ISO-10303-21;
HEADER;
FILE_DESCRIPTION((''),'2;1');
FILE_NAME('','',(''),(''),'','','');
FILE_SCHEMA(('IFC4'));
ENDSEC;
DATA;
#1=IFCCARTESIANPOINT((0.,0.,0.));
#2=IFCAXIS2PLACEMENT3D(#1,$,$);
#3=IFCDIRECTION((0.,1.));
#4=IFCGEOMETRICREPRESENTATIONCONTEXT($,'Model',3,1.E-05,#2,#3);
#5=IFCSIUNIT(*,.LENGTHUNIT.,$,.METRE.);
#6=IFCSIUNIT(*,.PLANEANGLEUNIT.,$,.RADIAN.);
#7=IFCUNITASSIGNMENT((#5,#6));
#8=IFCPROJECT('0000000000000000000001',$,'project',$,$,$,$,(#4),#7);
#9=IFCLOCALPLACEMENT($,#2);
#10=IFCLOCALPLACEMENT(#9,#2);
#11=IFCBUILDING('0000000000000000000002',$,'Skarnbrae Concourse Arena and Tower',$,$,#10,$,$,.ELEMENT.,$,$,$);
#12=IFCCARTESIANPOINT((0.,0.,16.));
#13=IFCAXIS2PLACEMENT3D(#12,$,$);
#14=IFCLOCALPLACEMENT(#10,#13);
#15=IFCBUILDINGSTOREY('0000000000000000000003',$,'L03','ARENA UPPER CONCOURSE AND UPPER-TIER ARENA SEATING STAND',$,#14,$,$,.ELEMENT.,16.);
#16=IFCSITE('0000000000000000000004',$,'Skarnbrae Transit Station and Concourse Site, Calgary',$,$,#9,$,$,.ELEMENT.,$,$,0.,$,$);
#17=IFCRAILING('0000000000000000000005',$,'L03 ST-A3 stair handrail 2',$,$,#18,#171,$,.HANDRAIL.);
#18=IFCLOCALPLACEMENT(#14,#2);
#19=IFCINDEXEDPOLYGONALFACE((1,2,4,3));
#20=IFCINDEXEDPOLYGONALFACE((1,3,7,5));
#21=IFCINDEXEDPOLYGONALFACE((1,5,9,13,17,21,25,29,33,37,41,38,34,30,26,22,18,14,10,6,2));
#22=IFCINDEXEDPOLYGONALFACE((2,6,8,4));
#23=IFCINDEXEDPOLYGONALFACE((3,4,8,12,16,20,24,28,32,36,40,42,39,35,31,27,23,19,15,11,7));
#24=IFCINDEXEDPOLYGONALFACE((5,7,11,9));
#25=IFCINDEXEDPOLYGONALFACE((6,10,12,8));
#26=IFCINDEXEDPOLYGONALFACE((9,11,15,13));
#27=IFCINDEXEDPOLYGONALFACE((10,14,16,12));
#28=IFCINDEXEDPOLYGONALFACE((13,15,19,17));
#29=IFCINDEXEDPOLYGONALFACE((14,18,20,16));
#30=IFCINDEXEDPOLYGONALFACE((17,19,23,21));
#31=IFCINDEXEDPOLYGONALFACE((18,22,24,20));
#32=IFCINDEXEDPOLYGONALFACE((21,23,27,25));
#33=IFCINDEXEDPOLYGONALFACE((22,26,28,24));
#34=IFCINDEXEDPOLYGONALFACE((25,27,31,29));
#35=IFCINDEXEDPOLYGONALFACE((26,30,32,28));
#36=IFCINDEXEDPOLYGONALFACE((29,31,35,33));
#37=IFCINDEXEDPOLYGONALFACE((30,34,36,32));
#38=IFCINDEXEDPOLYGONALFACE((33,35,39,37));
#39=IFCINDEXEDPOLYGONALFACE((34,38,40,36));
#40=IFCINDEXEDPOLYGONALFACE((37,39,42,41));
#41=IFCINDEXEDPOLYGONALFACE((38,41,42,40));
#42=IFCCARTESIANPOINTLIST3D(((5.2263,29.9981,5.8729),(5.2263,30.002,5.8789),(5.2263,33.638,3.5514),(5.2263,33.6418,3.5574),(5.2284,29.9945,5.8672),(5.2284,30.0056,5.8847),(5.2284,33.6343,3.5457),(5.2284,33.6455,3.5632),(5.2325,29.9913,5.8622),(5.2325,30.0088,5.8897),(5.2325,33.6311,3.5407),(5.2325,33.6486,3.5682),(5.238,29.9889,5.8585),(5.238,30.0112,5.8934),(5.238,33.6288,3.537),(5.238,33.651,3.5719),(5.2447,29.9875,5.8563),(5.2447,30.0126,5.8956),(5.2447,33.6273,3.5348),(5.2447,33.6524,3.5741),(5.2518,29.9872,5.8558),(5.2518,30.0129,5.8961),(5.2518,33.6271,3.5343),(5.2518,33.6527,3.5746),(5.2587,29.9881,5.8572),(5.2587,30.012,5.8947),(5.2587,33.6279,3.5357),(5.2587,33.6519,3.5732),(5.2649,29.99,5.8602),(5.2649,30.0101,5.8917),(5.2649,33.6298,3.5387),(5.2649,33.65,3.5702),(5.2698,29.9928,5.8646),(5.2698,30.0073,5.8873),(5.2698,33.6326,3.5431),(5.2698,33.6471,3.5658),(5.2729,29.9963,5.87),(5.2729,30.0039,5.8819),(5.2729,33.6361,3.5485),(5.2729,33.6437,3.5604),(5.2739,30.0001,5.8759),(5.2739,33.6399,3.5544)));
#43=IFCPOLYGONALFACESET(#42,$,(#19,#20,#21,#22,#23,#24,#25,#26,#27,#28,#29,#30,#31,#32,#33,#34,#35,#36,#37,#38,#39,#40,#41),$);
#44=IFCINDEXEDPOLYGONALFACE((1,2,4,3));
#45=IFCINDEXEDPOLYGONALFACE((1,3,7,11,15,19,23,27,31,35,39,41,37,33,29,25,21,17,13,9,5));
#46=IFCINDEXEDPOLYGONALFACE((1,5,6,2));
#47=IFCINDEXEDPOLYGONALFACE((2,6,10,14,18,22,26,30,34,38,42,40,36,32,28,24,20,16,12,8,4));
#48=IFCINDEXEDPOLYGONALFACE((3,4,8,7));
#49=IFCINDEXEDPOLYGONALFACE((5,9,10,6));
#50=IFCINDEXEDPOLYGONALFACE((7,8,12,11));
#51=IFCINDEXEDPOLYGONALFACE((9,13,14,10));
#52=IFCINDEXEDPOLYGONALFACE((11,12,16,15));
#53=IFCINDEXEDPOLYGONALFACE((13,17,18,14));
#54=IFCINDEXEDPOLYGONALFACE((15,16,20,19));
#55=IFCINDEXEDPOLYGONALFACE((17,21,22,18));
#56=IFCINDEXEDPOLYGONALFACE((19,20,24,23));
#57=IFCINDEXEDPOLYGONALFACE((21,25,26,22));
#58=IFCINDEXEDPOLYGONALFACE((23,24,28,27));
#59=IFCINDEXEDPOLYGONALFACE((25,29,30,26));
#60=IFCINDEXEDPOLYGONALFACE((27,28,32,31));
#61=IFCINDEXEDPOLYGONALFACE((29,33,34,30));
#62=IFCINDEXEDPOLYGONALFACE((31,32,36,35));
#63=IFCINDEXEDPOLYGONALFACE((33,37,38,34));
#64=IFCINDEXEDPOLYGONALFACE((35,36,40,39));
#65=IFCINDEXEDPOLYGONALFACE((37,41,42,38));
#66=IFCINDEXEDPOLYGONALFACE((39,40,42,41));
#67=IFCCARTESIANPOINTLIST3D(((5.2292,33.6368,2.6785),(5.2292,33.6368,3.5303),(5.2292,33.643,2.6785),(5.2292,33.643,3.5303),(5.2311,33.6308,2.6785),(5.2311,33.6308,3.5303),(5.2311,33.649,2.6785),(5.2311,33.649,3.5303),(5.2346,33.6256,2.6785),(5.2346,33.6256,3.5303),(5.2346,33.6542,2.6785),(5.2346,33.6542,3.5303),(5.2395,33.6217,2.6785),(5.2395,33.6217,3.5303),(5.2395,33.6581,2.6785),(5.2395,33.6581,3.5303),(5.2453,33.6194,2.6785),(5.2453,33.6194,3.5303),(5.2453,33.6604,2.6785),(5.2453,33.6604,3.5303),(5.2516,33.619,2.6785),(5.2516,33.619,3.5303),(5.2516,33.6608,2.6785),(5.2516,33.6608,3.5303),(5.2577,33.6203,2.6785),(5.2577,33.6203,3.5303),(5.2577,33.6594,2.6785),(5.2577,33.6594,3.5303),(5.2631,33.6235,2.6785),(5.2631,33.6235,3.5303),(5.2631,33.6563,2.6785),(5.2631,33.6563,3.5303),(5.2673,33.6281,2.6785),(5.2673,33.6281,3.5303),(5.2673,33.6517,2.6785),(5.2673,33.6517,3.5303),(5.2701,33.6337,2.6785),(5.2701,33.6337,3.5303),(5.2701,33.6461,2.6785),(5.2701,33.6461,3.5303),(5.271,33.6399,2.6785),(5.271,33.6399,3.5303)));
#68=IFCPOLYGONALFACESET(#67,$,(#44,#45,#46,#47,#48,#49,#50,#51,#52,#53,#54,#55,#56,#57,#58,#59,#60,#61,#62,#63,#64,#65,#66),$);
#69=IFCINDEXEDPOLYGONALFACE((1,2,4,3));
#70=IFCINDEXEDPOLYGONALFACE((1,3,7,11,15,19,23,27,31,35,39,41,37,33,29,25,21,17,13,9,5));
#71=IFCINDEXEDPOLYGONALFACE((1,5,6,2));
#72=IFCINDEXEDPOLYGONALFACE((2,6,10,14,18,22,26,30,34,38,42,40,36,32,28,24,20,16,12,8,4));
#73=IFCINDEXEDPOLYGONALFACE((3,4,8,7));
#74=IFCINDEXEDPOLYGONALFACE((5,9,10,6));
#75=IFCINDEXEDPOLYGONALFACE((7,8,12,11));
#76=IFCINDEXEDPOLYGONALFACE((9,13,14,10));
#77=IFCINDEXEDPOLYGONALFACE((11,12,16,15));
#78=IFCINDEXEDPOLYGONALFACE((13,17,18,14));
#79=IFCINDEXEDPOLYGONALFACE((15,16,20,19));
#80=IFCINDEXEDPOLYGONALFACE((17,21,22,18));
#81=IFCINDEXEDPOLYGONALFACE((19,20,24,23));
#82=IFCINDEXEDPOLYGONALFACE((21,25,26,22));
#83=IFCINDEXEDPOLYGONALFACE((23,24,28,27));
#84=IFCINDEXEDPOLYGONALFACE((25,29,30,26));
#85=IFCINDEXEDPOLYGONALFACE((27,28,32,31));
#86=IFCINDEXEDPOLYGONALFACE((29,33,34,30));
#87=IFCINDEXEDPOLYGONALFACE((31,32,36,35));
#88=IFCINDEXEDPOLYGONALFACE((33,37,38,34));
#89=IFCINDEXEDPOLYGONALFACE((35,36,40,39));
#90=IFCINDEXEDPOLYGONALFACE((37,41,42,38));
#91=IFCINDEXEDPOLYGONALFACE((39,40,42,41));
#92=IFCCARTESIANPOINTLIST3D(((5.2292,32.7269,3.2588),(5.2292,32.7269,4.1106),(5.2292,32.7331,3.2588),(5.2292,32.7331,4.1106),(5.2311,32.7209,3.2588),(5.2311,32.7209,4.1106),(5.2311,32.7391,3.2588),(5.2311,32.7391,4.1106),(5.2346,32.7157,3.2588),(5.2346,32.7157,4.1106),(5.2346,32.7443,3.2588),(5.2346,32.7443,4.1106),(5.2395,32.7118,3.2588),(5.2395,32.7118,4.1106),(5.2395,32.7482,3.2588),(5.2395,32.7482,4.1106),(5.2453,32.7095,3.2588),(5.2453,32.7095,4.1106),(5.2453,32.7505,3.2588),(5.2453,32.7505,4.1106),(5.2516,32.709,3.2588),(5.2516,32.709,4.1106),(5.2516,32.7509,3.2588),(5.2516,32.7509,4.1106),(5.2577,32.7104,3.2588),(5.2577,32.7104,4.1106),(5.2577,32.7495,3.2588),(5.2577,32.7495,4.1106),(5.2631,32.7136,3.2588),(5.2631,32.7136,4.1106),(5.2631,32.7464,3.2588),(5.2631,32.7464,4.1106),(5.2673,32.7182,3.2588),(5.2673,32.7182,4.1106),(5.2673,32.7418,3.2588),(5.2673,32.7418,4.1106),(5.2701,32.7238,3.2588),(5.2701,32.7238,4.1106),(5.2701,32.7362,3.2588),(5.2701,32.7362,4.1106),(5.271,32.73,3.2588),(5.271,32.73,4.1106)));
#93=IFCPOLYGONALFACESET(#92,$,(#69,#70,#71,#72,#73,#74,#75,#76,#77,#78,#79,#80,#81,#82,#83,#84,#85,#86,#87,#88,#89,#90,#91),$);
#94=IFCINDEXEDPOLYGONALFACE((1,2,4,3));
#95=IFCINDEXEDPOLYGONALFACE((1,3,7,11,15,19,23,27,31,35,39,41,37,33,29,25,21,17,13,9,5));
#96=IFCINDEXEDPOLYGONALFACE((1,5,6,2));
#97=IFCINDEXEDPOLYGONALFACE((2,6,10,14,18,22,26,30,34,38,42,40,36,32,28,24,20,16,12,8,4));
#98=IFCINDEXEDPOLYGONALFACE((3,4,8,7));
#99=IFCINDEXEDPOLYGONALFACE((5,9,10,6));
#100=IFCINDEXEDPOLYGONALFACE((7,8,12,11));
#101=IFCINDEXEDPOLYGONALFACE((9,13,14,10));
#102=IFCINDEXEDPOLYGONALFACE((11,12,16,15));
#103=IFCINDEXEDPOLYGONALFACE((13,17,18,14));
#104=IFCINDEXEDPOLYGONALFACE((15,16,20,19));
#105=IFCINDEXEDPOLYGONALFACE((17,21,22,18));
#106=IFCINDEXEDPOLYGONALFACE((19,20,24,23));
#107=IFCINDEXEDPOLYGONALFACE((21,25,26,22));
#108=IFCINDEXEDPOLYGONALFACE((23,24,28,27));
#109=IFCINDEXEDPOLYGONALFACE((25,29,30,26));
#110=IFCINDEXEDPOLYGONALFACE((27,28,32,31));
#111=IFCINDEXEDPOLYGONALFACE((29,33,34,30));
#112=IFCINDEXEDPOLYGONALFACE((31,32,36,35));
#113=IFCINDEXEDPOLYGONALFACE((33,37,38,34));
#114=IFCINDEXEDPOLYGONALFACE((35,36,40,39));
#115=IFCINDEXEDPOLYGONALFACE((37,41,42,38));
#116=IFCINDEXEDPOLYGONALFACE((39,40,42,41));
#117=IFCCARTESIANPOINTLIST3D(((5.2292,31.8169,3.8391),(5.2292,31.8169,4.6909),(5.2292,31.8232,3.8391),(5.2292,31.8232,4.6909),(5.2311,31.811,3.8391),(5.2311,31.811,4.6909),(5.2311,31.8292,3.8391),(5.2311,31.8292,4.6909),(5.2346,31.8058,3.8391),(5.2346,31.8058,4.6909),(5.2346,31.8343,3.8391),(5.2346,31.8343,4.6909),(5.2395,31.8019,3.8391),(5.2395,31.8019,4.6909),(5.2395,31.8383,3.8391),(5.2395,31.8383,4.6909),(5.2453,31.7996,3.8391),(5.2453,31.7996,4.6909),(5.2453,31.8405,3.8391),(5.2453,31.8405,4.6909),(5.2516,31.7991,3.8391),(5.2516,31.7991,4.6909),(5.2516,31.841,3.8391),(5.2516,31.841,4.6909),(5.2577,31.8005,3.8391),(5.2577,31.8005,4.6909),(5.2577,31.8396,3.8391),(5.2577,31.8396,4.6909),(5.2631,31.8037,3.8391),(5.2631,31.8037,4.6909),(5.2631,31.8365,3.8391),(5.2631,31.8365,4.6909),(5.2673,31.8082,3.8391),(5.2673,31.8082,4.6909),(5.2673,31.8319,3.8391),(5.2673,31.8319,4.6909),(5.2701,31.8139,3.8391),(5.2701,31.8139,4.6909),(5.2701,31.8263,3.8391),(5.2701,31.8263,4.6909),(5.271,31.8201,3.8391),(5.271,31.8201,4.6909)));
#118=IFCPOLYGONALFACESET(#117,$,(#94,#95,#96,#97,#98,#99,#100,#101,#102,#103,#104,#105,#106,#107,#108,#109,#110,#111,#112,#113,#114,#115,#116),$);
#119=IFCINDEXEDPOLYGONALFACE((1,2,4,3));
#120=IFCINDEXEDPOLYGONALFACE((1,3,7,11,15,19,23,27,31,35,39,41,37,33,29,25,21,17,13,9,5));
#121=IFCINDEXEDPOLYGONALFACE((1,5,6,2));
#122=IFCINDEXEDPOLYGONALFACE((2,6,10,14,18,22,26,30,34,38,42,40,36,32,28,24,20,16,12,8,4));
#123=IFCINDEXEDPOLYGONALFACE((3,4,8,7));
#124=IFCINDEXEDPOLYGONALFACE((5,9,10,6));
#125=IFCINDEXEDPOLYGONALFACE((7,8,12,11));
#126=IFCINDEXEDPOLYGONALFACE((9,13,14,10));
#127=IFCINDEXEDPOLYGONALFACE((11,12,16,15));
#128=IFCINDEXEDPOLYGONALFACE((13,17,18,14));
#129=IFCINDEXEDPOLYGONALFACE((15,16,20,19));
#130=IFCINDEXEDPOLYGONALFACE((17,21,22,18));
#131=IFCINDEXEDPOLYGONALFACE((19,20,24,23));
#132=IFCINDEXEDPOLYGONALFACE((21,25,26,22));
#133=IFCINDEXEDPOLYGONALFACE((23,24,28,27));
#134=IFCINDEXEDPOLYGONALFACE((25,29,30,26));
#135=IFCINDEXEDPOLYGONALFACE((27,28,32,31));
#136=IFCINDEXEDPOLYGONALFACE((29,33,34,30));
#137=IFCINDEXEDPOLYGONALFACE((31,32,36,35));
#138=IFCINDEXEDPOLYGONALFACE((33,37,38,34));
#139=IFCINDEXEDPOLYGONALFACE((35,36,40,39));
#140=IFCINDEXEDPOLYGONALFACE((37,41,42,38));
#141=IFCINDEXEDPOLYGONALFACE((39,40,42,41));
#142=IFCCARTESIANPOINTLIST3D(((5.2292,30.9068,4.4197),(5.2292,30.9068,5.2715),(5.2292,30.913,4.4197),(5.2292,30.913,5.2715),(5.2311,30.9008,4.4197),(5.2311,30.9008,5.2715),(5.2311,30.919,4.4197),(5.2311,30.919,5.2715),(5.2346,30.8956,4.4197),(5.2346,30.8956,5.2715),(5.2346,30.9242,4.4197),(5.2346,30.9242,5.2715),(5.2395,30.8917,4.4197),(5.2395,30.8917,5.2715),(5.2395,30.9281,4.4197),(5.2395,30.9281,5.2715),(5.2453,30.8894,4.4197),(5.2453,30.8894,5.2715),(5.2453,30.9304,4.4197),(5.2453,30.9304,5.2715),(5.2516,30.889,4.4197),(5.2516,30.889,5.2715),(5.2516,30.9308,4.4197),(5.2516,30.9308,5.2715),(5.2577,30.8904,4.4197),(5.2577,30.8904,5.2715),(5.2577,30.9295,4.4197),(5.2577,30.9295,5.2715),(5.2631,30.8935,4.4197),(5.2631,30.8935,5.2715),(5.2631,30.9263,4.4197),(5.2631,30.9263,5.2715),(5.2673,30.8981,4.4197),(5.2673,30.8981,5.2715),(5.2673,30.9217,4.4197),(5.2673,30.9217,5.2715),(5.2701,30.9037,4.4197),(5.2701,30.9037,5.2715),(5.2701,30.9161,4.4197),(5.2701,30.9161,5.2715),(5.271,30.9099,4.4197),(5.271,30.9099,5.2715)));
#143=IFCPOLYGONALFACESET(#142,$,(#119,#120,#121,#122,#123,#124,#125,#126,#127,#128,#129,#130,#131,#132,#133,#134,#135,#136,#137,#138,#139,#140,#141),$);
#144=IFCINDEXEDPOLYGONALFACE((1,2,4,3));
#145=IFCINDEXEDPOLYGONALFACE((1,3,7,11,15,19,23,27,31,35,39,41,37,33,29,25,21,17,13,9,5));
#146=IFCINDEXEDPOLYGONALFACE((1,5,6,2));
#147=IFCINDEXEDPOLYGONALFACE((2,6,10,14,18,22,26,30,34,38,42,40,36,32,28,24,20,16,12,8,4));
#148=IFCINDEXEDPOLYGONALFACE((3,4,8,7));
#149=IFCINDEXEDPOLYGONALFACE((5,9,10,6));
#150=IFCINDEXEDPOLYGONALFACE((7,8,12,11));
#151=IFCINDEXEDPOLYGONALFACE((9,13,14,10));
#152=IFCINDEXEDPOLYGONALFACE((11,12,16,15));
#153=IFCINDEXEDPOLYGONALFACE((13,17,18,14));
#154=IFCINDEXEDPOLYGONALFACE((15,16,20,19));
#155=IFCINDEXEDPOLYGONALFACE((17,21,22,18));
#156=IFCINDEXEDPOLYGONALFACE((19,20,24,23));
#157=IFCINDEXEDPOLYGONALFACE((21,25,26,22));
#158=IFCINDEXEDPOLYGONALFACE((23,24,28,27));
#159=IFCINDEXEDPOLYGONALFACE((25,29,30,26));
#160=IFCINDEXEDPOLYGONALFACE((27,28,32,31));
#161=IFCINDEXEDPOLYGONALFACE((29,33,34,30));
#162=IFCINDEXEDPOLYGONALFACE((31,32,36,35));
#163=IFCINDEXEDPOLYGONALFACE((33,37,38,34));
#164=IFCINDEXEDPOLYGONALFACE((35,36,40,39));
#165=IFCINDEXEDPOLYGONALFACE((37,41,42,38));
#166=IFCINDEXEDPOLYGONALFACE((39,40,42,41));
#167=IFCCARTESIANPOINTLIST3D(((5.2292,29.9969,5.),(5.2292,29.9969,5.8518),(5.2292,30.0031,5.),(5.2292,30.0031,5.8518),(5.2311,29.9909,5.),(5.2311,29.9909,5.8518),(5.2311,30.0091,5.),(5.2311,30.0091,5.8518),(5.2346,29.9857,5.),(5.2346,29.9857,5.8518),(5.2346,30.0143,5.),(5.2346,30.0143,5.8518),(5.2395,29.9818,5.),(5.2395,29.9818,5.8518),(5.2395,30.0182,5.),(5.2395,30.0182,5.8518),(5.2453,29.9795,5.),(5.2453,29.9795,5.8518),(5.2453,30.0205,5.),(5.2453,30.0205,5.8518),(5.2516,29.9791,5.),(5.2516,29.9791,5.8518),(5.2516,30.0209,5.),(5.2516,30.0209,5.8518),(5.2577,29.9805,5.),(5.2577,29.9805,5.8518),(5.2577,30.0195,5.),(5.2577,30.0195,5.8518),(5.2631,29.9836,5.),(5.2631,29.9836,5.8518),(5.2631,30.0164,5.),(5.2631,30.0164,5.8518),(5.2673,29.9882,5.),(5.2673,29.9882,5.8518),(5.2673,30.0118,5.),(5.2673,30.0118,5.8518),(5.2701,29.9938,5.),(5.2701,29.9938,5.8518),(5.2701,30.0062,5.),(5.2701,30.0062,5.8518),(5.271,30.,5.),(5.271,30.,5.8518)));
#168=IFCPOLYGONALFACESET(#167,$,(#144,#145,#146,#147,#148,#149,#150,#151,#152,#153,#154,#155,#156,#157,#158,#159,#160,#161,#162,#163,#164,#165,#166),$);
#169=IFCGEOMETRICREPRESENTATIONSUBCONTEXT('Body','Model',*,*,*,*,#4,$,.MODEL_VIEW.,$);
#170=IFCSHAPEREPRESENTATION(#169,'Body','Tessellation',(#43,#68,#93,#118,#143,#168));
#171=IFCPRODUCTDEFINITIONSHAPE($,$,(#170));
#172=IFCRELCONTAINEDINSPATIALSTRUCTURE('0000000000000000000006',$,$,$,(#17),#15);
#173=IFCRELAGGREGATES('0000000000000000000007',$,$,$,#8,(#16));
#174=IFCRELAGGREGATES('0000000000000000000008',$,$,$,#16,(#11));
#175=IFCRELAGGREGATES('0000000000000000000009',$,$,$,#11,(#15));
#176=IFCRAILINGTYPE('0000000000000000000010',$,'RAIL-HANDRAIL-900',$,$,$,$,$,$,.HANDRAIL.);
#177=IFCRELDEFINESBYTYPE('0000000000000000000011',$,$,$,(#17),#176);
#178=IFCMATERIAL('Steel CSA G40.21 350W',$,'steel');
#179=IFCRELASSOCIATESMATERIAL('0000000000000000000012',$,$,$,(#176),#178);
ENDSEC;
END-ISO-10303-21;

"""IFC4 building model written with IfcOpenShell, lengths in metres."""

from ifc_helpers import new_model, si_unit, direction, frame, origin, origin_2d, place, context, subcontext, project, spatial, circle, extrude, material, type_object, element, save


model = new_model("IFC4")

# Units and contexts
model_context = context("Model", 3, precision=1e-05, world=origin(), true_north=direction((0.0, 1.0)))
body_context = subcontext(model_context, "Body", "Model", "MODEL_VIEW")
ifc_project = project(units=[si_unit("LENGTHUNIT", "METRE"), si_unit("PLANEANGLEUNIT", "RADIAN")], contexts=[model_context])

# Site, building, storey
site_placement = place(None, origin())
site = spatial("IfcSite", under=ifc_project, at=site_placement, Name="Skarnbrae Transit Station and Concourse Site, Calgary", CompositionType="ELEMENT", RefElevation=0.0)
building_placement = place(site_placement, origin())
building = spatial("IfcBuilding", under=site, at=building_placement, Name="Skarnbrae Concourse Arena and Tower", CompositionType="ELEMENT")
storey_placement = place(building_placement, frame((0.0, 0.0, 16.0)))
storey = spatial("IfcBuildingStorey", under=building, at=storey_placement, Name="L03", Description="ARENA UPPER CONCOURSE AND UPPER-TIER ARENA SEATING STAND", CompositionType="ELEMENT", Elevation=16.0)

# Shared definitions
ifc_material_1 = material(Name="Steel CSA G40.21 350W", Category="steel")

# Railing
railing_type_1 = type_object("IfcRailingType", Name="RAIL-HANDRAIL-900", PredefinedType="HANDRAIL", material=ifc_material_1)
railing_1_placement = place(storey_placement, frame((5.25, 33.6399, 2.6785)))
element("IfcRailing", 1, at=railing_1_placement, inside=storey, type_object=railing_type_1, Name="L03 ST-A3 stair handrail 2", PredefinedType="HANDRAIL", context=body_context, shape_type="SweptSolid", body=[
    extrude(circle(Radius=0.0239, at=origin_2d()), frame((0.0, 0.0, 0.876), z_axis=(0.0, -0.843112, 0.537739), x_axis=(1.0, 0.0, 0.0)), (0.0, 0.0, 1.0), 4.3171),
    extrude(circle(Radius=0.021, at=origin_2d()), origin(), (0.0, 0.0, 1.0), 0.8518),
    extrude(circle(Radius=0.021, at=origin_2d()), frame((0.0, -0.9099, 0.5803)), (0.0, 0.0, 1.0), 0.8518),
    extrude(circle(Radius=0.021, at=origin_2d()), frame((0.0, -1.8198, 1.1606)), (0.0, 0.0, 1.0), 0.8518),
    extrude(circle(Radius=0.021, at=origin_2d()), frame((0.0, -2.73, 1.7412)), (0.0, 0.0, 1.0), 0.8518),
    extrude(circle(Radius=0.021, at=origin_2d()), frame((0.0, -3.6399, 2.3215)), (0.0, 0.0, 1.0), 0.8518),
])

save(model, "model.ifc")
